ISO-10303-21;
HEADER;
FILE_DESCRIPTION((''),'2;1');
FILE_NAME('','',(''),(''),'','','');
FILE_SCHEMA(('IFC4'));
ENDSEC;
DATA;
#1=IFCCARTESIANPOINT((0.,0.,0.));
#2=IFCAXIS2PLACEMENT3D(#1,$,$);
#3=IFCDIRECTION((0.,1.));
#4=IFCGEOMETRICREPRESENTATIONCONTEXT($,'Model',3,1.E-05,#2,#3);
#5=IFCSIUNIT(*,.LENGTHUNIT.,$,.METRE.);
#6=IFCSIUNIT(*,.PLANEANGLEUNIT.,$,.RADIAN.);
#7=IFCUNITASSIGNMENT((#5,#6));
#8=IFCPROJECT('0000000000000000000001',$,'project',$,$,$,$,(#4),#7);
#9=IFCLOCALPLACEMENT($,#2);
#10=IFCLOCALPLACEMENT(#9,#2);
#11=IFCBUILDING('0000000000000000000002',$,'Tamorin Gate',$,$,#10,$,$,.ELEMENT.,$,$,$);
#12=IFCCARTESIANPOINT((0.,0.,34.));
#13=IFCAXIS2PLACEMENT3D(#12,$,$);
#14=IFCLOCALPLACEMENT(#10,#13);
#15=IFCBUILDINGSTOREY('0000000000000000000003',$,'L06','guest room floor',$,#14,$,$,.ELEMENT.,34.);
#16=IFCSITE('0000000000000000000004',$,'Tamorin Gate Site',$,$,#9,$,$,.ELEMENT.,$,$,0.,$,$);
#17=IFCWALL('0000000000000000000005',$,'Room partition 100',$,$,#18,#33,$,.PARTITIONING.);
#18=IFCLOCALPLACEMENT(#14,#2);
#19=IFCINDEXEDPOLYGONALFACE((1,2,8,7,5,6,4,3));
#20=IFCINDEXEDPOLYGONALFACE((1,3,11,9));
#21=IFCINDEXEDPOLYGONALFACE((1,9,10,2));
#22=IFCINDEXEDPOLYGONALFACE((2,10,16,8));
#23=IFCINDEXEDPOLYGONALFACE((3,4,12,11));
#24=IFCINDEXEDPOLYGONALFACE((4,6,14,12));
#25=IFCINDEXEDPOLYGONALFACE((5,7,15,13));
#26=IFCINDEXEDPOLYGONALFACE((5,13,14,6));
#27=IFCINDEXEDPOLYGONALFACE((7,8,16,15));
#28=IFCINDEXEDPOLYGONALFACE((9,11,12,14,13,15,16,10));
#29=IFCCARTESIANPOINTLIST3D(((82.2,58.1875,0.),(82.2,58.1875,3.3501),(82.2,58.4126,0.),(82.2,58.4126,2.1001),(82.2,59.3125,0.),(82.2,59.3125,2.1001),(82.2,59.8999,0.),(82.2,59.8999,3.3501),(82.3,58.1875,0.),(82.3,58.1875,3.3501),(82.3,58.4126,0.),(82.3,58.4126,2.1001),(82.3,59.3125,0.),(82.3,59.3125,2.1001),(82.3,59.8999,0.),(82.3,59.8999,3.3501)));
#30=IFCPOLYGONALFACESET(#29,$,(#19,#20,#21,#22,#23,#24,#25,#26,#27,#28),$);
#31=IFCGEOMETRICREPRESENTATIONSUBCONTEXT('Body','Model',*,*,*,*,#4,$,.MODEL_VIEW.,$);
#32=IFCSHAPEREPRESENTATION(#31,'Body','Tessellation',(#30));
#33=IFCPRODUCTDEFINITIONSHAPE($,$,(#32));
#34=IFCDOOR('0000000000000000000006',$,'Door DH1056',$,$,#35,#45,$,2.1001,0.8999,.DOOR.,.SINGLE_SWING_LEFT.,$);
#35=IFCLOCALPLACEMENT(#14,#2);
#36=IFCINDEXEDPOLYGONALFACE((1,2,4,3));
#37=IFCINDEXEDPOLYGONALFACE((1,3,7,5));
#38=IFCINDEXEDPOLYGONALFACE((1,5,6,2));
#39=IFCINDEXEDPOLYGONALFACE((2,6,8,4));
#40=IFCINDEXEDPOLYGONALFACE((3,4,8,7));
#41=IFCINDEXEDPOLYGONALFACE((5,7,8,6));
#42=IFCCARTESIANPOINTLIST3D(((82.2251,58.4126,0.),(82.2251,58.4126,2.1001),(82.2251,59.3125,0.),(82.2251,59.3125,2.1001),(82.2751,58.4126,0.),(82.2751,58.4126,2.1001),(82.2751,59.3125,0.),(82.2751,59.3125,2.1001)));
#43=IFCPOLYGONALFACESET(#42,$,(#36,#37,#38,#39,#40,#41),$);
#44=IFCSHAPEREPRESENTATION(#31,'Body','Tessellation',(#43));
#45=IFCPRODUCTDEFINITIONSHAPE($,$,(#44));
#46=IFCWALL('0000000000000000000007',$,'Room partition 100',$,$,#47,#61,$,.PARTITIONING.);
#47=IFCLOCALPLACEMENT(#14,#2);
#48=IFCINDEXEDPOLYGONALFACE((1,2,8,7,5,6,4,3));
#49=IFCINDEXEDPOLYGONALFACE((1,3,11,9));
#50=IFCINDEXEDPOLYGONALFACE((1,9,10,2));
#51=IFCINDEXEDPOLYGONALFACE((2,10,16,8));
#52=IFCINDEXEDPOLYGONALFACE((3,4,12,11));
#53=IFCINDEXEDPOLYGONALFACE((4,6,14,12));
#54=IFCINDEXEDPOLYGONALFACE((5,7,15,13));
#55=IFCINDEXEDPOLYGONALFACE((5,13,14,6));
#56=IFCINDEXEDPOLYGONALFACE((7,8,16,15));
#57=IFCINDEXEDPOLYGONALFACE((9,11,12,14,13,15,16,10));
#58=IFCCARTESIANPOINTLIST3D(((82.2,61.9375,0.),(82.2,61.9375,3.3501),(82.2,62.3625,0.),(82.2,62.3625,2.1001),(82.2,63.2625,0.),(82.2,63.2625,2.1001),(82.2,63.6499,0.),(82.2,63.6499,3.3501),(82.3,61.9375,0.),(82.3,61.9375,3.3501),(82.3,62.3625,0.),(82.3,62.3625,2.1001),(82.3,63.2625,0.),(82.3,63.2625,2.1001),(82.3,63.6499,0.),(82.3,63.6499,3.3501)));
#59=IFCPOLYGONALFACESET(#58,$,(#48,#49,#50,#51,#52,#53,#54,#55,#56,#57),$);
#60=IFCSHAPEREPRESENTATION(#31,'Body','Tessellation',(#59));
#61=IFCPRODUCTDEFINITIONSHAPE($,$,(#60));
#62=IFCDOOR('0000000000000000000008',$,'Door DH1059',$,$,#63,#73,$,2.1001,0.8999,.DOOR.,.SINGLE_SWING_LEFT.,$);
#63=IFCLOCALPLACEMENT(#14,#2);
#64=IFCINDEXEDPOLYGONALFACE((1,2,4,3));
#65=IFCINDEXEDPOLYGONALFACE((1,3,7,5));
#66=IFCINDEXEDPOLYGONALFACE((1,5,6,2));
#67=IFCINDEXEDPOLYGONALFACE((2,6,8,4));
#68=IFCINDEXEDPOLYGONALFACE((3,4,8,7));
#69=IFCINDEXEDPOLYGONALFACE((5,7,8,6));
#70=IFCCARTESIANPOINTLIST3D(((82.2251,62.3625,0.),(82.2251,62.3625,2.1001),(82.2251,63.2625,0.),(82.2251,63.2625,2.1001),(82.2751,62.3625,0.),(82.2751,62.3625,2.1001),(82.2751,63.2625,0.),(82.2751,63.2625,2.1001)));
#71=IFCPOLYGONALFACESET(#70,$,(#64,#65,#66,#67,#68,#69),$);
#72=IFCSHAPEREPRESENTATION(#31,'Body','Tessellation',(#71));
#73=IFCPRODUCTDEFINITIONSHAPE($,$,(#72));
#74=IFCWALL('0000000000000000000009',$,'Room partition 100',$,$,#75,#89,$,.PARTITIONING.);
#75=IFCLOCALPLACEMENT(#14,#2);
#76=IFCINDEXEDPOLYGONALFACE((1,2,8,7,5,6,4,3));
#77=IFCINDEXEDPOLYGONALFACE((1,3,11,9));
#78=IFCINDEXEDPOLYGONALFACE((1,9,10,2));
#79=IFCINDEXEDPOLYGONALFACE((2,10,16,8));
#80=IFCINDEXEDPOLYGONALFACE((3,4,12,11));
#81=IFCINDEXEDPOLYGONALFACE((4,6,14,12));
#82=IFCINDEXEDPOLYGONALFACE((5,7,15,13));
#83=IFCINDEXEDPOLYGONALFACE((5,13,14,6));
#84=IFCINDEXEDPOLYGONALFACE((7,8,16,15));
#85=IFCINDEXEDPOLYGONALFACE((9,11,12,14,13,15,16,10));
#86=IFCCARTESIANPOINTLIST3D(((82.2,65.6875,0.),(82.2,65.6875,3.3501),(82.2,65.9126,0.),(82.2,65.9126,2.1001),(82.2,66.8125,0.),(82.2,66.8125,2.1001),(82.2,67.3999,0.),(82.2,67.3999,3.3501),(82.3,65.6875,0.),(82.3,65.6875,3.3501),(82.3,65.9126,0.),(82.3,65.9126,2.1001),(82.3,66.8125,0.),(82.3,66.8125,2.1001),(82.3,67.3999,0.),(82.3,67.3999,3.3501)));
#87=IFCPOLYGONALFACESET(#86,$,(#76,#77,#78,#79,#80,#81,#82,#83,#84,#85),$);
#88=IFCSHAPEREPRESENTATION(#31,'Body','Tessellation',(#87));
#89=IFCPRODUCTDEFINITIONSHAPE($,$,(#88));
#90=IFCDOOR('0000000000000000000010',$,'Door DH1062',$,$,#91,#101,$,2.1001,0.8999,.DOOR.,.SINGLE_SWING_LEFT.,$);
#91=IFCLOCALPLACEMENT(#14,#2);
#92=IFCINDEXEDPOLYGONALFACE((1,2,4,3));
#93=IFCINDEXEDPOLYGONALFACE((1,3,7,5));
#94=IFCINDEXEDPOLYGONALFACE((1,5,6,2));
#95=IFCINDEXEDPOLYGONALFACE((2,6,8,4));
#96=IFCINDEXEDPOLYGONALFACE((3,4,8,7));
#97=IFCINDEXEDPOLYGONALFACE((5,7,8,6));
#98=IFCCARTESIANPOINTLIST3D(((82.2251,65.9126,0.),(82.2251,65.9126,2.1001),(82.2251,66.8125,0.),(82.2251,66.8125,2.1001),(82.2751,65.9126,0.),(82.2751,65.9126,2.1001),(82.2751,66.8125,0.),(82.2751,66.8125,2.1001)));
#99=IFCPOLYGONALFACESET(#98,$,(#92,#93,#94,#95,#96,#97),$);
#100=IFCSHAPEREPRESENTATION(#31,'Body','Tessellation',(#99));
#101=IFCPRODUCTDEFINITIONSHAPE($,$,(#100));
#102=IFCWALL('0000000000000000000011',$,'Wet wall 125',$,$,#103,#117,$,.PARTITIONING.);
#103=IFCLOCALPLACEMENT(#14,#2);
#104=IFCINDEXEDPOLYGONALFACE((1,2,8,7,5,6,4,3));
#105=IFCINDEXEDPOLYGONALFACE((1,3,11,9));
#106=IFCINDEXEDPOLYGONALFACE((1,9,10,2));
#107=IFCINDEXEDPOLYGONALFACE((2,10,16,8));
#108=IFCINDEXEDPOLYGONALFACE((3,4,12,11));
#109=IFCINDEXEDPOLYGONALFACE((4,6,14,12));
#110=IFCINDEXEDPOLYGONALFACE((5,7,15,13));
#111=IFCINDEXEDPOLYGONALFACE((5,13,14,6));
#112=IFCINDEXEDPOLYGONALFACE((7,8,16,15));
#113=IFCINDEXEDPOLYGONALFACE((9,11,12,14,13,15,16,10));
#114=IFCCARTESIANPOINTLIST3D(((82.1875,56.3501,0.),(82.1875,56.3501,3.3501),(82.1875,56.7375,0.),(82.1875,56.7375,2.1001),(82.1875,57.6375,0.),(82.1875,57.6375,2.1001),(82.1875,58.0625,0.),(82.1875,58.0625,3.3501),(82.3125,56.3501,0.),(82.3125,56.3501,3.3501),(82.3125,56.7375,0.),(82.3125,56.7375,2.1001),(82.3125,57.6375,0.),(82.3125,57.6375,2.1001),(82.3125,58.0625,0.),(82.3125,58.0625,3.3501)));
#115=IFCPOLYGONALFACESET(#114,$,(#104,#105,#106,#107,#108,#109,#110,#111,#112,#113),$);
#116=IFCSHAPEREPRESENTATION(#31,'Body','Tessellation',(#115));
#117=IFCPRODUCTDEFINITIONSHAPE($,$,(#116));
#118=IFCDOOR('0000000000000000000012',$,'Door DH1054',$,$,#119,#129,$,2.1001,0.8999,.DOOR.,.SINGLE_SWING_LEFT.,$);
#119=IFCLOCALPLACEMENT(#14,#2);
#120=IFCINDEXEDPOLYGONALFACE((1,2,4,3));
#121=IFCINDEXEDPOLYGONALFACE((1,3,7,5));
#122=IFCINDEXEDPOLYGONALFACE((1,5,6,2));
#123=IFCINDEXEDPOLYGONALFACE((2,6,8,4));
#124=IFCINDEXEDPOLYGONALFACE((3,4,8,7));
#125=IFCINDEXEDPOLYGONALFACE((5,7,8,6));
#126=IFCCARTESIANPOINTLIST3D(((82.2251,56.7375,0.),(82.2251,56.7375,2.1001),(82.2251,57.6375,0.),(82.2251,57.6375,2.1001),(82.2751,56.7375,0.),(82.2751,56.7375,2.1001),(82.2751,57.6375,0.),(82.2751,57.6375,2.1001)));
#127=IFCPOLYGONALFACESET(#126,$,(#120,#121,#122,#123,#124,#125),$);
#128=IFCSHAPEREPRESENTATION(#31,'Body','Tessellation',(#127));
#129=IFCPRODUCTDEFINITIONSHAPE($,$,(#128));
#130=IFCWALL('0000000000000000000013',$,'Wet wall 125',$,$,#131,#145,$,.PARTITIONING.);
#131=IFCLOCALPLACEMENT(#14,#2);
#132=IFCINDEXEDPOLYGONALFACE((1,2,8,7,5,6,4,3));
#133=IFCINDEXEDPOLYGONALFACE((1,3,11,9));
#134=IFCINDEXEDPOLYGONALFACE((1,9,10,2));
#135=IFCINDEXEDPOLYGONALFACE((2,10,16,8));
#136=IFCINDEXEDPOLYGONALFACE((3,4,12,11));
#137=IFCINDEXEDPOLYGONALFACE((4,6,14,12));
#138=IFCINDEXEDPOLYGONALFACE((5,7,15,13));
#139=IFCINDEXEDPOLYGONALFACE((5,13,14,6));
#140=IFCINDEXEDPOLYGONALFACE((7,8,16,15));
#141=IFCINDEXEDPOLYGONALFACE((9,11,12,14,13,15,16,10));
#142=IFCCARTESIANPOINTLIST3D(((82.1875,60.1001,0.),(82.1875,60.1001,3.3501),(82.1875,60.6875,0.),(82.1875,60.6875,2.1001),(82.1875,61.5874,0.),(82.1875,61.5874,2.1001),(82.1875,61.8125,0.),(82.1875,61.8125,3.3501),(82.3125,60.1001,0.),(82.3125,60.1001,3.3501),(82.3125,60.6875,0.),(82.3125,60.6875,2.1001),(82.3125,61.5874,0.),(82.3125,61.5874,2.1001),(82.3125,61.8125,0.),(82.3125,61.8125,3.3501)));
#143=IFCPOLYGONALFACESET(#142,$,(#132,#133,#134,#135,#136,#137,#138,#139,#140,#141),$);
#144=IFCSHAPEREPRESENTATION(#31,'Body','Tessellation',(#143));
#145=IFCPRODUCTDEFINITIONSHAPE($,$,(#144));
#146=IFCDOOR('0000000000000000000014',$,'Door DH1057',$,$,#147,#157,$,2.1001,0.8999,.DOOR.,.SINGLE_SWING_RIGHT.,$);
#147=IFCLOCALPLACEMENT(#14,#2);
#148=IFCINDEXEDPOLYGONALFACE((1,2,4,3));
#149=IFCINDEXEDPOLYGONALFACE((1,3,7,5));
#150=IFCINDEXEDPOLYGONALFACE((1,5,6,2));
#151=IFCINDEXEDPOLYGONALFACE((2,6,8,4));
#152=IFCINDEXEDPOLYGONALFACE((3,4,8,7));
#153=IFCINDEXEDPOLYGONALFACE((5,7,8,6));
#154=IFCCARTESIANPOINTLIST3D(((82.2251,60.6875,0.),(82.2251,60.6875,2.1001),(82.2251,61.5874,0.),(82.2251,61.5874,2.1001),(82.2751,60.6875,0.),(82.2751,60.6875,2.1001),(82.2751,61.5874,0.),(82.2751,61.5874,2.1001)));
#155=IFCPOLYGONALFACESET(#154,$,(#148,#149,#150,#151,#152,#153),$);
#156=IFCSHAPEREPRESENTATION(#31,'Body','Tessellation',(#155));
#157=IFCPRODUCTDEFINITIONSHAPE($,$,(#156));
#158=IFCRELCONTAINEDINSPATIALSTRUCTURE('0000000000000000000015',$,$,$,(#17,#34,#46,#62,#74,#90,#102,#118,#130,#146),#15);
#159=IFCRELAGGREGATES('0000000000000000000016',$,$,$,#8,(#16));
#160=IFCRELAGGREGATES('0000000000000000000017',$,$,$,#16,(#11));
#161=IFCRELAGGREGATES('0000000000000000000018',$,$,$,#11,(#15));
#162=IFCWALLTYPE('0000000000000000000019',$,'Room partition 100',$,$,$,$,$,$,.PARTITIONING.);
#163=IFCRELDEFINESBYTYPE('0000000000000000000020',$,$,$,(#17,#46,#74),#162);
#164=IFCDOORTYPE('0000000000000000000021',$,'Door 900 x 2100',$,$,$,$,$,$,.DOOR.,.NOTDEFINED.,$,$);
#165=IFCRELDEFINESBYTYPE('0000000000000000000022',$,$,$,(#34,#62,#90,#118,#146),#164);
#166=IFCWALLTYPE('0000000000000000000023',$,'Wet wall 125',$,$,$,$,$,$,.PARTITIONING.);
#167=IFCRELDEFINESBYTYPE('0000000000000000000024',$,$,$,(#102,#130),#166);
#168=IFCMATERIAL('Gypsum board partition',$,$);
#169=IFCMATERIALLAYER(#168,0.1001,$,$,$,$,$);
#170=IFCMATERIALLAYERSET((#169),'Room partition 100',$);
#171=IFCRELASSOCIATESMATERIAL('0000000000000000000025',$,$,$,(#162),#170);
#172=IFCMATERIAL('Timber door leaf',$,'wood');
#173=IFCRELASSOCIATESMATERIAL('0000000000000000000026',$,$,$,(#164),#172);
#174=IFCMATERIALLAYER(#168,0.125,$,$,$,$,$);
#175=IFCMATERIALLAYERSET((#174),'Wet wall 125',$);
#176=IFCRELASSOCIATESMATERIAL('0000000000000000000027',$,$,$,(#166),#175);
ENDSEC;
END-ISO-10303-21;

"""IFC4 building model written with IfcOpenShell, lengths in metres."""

from ifc_helpers import new_model, si_unit, direction, frame, frame_2d, origin, place, context, subcontext, project, spatial, rectangle, extrude, material, layer, layer_set, type_object, element, fill, save


model = new_model("IFC4")

# Units and contexts
model_context = context("Model", 3, precision=1e-05, world=origin(), true_north=direction((0.0, 1.0)))
body_context = subcontext(model_context, "Body", "Model", "MODEL_VIEW")
ifc_project = project(units=[si_unit("LENGTHUNIT", "METRE"), si_unit("PLANEANGLEUNIT", "RADIAN")], contexts=[model_context])

# Site, building, storey
site_placement = place(None, origin())
site = spatial("IfcSite", under=ifc_project, at=site_placement, Name="Tamorin Gate Site", CompositionType="ELEMENT", RefElevation=0.0)
building_placement = place(site_placement, origin())
building = spatial("IfcBuilding", under=site, at=building_placement, Name="Tamorin Gate", CompositionType="ELEMENT")
storey_placement = place(building_placement, frame((0.0, 0.0, 34.0)))
storey = spatial("IfcBuildingStorey", under=building, at=storey_placement, Name="L06", Description="guest room floor", CompositionType="ELEMENT", Elevation=34.0)

# Walls, openings, doors
ifc_material_1 = material(Name="Gypsum board partition")
ifc_layer_1 = layer(ifc_material_1, 0.1001)
ifc_layer_set_1 = layer_set([ifc_layer_1], Name="Room partition 100")
wall_type_1 = type_object("IfcWallType", Name="Room partition 100", PredefinedType="PARTITIONING", material=ifc_layer_set_1)
wall_1_placement = place(storey_placement, frame((82.25, 58.1875, 0.0), z_axis=(0.0, 0.0, 1.0), x_axis=(0.0, 1.0, 0.0)))
wall_1 = element("IfcWall", 1, at=wall_1_placement, inside=storey, type_object=wall_type_1, Name="Room partition 100", PredefinedType="PARTITIONING", context=body_context, shape_type="SweptSolid", body=[
    extrude(rectangle(XDim=1.7124, YDim=0.1001, at=frame_2d((0.8562, 0.0))), origin(), (0.0, 0.0, 1.0), 3.3501),
])
opening_1_placement = place(wall_1_placement, frame((0.2251, 0.0, 0.0)))
opening_1 = element("IfcOpeningElement", 2, at=opening_1_placement, cuts=wall_1, PredefinedType="OPENING", context=body_context, shape_type="SweptSolid", body=[
    extrude(rectangle(XDim=0.8999, YDim=2.1001, at=frame_2d((0.45, 1.05))), frame((0.0, 0.0601, 0.0), z_axis=(0.0, -1.0, 0.0), x_axis=(1.0, 0.0, 0.0)), (0.0, 0.0, 1.0), 0.1201),
])
ifc_material_2 = material(Name="Timber door leaf", Category="wood")
door_type = type_object("IfcDoorType", Name="Door 900 x 2100", OperationType="NOTDEFINED", PredefinedType="DOOR", material=ifc_material_2)
door_1_placement = place(opening_1_placement, origin())
door_1 = element("IfcDoor", 3, at=door_1_placement, inside=storey, type_object=door_type, Name="Door DH1056", OperationType="SINGLE_SWING_LEFT", OverallHeight=2.1001, OverallWidth=0.8999, PredefinedType="DOOR", context=body_context, shape_type="SweptSolid", body=[
    extrude(rectangle(XDim=0.8999, YDim=2.1001, at=frame_2d((0.45, 1.05))), frame((0.0, 0.0249, 0.0), z_axis=(0.0, -1.0, 0.0), x_axis=(1.0, 0.0, 0.0)), (0.0, 0.0, 1.0), 0.05),
])
fill(opening_1, door_1)
wall_2_placement = place(storey_placement, frame((82.25, 61.9375, 0.0), z_axis=(0.0, 0.0, 1.0), x_axis=(0.0, 1.0, 0.0)))
wall_2 = element("IfcWall", 4, at=wall_2_placement, inside=storey, type_object=wall_type_1, Name="Room partition 100", PredefinedType="PARTITIONING", context=body_context, shape_type="SweptSolid", body=[
    extrude(rectangle(XDim=1.7124, YDim=0.1001, at=frame_2d((0.8562, 0.0))), origin(), (0.0, 0.0, 1.0), 3.3501),
])
opening_2_placement = place(wall_2_placement, frame((0.425, 0.0, 0.0)))
opening_2 = element("IfcOpeningElement", 5, at=opening_2_placement, cuts=wall_2, PredefinedType="OPENING", context=body_context, shape_type="SweptSolid", body=[
    extrude(rectangle(XDim=0.8999, YDim=2.1001, at=frame_2d((0.45, 1.05))), frame((0.0, 0.0601, 0.0), z_axis=(0.0, -1.0, 0.0), x_axis=(1.0, 0.0, 0.0)), (0.0, 0.0, 1.0), 0.1201),
])
door_2_placement = place(opening_2_placement, origin())
door_2 = element("IfcDoor", 6, at=door_2_placement, inside=storey, type_object=door_type, Name="Door DH1059", OperationType="SINGLE_SWING_LEFT", OverallHeight=2.1001, OverallWidth=0.8999, PredefinedType="DOOR", context=body_context, shape_type="SweptSolid", body=[
    extrude(rectangle(XDim=0.8999, YDim=2.1001, at=frame_2d((0.45, 1.05))), frame((0.0, 0.0249, 0.0), z_axis=(0.0, -1.0, 0.0), x_axis=(1.0, 0.0, 0.0)), (0.0, 0.0, 1.0), 0.05),
])
fill(opening_2, door_2)
wall_3_placement = place(storey_placement, frame((82.25, 65.6875, 0.0), z_axis=(0.0, 0.0, 1.0), x_axis=(0.0, 1.0, 0.0)))
wall_3 = element("IfcWall", 7, at=wall_3_placement, inside=storey, type_object=wall_type_1, Name="Room partition 100", PredefinedType="PARTITIONING", context=body_context, shape_type="SweptSolid", body=[
    extrude(rectangle(XDim=1.7124, YDim=0.1001, at=frame_2d((0.8562, 0.0))), origin(), (0.0, 0.0, 1.0), 3.3501),
])
opening_3_placement = place(wall_3_placement, frame((0.2251, 0.0, 0.0)))
opening_3 = element("IfcOpeningElement", 8, at=opening_3_placement, cuts=wall_3, PredefinedType="OPENING", context=body_context, shape_type="SweptSolid", body=[
    extrude(rectangle(XDim=0.8999, YDim=2.1001, at=frame_2d((0.45, 1.05))), frame((0.0, 0.0601, 0.0), z_axis=(0.0, -1.0, 0.0), x_axis=(1.0, 0.0, 0.0)), (0.0, 0.0, 1.0), 0.1201),
])
door_3_placement = place(opening_3_placement, origin())
door_3 = element("IfcDoor", 9, at=door_3_placement, inside=storey, type_object=door_type, Name="Door DH1062", OperationType="SINGLE_SWING_LEFT", OverallHeight=2.1001, OverallWidth=0.8999, PredefinedType="DOOR", context=body_context, shape_type="SweptSolid", body=[
    extrude(rectangle(XDim=0.8999, YDim=2.1001, at=frame_2d((0.45, 1.05))), frame((0.0, 0.0249, 0.0), z_axis=(0.0, -1.0, 0.0), x_axis=(1.0, 0.0, 0.0)), (0.0, 0.0, 1.0), 0.05),
])
fill(opening_3, door_3)
ifc_layer_2 = layer(ifc_material_1, 0.125)
ifc_layer_set_2 = layer_set([ifc_layer_2], Name="Wet wall 125")
wall_type_2 = type_object("IfcWallType", Name="Wet wall 125", PredefinedType="PARTITIONING", material=ifc_layer_set_2)
wall_4_placement = place(storey_placement, frame((82.25, 56.3501, 0.0), z_axis=(0.0, 0.0, 1.0), x_axis=(0.0, 1.0, 0.0)))
wall_4 = element("IfcWall", 10, at=wall_4_placement, inside=storey, type_object=wall_type_2, Name="Wet wall 125", PredefinedType="PARTITIONING", context=body_context, shape_type="SweptSolid", body=[
    extrude(rectangle(XDim=1.7124, YDim=0.125, at=frame_2d((0.8562, 0.0))), origin(), (0.0, 0.0, 1.0), 3.3501),
])
opening_4_placement = place(wall_4_placement, frame((0.3875, 0.0, 0.0)))
opening_4 = element("IfcOpeningElement", 11, at=opening_4_placement, cuts=wall_4, PredefinedType="OPENING", context=body_context, shape_type="SweptSolid", body=[
    extrude(rectangle(XDim=0.8999, YDim=2.1001, at=frame_2d((0.45, 1.05))), frame((0.0, 0.0725, 0.0), z_axis=(0.0, -1.0, 0.0), x_axis=(1.0, 0.0, 0.0)), (0.0, 0.0, 1.0), 0.145),
])
door_4_placement = place(opening_4_placement, origin())
door_4 = element("IfcDoor", 12, at=door_4_placement, inside=storey, type_object=door_type, Name="Door DH1054", OperationType="SINGLE_SWING_LEFT", OverallHeight=2.1001, OverallWidth=0.8999, PredefinedType="DOOR", context=body_context, shape_type="SweptSolid", body=[
    extrude(rectangle(XDim=0.8999, YDim=2.1001, at=frame_2d((0.45, 1.05))), frame((0.0, 0.0249, 0.0), z_axis=(0.0, -1.0, 0.0), x_axis=(1.0, 0.0, 0.0)), (0.0, 0.0, 1.0), 0.05),
])
fill(opening_4, door_4)
wall_5_placement = place(storey_placement, frame((82.25, 60.1001, 0.0), z_axis=(0.0, 0.0, 1.0), x_axis=(0.0, 1.0, 0.0)))
wall_5 = element("IfcWall", 13, at=wall_5_placement, inside=storey, type_object=wall_type_2, Name="Wet wall 125", PredefinedType="PARTITIONING", context=body_context, shape_type="SweptSolid", body=[
    extrude(rectangle(XDim=1.7124, YDim=0.125, at=frame_2d((0.8562, 0.0))), origin(), (0.0, 0.0, 1.0), 3.3501),
])
opening_5_placement = place(wall_5_placement, frame((0.5874, 0.0, 0.0)))
opening_5 = element("IfcOpeningElement", 14, at=opening_5_placement, cuts=wall_5, PredefinedType="OPENING", context=body_context, shape_type="SweptSolid", body=[
    extrude(rectangle(XDim=0.8999, YDim=2.1001, at=frame_2d((0.45, 1.05))), frame((0.0, 0.0725, 0.0), z_axis=(0.0, -1.0, 0.0), x_axis=(1.0, 0.0, 0.0)), (0.0, 0.0, 1.0), 0.145),
])
door_5_placement = place(opening_5_placement, origin())
door_5 = element("IfcDoor", 15, at=door_5_placement, inside=storey, type_object=door_type, Name="Door DH1057", OperationType="SINGLE_SWING_RIGHT", OverallHeight=2.1001, OverallWidth=0.8999, PredefinedType="DOOR", context=body_context, shape_type="SweptSolid", body=[
    extrude(rectangle(XDim=0.8999, YDim=2.1001, at=frame_2d((0.45, 1.05))), frame((0.0, 0.0249, 0.0), z_axis=(0.0, -1.0, 0.0), x_axis=(1.0, 0.0, 0.0)), (0.0, 0.0, 1.0), 0.05),
])
fill(opening_5, door_5)

save(model, "model.ifc")
